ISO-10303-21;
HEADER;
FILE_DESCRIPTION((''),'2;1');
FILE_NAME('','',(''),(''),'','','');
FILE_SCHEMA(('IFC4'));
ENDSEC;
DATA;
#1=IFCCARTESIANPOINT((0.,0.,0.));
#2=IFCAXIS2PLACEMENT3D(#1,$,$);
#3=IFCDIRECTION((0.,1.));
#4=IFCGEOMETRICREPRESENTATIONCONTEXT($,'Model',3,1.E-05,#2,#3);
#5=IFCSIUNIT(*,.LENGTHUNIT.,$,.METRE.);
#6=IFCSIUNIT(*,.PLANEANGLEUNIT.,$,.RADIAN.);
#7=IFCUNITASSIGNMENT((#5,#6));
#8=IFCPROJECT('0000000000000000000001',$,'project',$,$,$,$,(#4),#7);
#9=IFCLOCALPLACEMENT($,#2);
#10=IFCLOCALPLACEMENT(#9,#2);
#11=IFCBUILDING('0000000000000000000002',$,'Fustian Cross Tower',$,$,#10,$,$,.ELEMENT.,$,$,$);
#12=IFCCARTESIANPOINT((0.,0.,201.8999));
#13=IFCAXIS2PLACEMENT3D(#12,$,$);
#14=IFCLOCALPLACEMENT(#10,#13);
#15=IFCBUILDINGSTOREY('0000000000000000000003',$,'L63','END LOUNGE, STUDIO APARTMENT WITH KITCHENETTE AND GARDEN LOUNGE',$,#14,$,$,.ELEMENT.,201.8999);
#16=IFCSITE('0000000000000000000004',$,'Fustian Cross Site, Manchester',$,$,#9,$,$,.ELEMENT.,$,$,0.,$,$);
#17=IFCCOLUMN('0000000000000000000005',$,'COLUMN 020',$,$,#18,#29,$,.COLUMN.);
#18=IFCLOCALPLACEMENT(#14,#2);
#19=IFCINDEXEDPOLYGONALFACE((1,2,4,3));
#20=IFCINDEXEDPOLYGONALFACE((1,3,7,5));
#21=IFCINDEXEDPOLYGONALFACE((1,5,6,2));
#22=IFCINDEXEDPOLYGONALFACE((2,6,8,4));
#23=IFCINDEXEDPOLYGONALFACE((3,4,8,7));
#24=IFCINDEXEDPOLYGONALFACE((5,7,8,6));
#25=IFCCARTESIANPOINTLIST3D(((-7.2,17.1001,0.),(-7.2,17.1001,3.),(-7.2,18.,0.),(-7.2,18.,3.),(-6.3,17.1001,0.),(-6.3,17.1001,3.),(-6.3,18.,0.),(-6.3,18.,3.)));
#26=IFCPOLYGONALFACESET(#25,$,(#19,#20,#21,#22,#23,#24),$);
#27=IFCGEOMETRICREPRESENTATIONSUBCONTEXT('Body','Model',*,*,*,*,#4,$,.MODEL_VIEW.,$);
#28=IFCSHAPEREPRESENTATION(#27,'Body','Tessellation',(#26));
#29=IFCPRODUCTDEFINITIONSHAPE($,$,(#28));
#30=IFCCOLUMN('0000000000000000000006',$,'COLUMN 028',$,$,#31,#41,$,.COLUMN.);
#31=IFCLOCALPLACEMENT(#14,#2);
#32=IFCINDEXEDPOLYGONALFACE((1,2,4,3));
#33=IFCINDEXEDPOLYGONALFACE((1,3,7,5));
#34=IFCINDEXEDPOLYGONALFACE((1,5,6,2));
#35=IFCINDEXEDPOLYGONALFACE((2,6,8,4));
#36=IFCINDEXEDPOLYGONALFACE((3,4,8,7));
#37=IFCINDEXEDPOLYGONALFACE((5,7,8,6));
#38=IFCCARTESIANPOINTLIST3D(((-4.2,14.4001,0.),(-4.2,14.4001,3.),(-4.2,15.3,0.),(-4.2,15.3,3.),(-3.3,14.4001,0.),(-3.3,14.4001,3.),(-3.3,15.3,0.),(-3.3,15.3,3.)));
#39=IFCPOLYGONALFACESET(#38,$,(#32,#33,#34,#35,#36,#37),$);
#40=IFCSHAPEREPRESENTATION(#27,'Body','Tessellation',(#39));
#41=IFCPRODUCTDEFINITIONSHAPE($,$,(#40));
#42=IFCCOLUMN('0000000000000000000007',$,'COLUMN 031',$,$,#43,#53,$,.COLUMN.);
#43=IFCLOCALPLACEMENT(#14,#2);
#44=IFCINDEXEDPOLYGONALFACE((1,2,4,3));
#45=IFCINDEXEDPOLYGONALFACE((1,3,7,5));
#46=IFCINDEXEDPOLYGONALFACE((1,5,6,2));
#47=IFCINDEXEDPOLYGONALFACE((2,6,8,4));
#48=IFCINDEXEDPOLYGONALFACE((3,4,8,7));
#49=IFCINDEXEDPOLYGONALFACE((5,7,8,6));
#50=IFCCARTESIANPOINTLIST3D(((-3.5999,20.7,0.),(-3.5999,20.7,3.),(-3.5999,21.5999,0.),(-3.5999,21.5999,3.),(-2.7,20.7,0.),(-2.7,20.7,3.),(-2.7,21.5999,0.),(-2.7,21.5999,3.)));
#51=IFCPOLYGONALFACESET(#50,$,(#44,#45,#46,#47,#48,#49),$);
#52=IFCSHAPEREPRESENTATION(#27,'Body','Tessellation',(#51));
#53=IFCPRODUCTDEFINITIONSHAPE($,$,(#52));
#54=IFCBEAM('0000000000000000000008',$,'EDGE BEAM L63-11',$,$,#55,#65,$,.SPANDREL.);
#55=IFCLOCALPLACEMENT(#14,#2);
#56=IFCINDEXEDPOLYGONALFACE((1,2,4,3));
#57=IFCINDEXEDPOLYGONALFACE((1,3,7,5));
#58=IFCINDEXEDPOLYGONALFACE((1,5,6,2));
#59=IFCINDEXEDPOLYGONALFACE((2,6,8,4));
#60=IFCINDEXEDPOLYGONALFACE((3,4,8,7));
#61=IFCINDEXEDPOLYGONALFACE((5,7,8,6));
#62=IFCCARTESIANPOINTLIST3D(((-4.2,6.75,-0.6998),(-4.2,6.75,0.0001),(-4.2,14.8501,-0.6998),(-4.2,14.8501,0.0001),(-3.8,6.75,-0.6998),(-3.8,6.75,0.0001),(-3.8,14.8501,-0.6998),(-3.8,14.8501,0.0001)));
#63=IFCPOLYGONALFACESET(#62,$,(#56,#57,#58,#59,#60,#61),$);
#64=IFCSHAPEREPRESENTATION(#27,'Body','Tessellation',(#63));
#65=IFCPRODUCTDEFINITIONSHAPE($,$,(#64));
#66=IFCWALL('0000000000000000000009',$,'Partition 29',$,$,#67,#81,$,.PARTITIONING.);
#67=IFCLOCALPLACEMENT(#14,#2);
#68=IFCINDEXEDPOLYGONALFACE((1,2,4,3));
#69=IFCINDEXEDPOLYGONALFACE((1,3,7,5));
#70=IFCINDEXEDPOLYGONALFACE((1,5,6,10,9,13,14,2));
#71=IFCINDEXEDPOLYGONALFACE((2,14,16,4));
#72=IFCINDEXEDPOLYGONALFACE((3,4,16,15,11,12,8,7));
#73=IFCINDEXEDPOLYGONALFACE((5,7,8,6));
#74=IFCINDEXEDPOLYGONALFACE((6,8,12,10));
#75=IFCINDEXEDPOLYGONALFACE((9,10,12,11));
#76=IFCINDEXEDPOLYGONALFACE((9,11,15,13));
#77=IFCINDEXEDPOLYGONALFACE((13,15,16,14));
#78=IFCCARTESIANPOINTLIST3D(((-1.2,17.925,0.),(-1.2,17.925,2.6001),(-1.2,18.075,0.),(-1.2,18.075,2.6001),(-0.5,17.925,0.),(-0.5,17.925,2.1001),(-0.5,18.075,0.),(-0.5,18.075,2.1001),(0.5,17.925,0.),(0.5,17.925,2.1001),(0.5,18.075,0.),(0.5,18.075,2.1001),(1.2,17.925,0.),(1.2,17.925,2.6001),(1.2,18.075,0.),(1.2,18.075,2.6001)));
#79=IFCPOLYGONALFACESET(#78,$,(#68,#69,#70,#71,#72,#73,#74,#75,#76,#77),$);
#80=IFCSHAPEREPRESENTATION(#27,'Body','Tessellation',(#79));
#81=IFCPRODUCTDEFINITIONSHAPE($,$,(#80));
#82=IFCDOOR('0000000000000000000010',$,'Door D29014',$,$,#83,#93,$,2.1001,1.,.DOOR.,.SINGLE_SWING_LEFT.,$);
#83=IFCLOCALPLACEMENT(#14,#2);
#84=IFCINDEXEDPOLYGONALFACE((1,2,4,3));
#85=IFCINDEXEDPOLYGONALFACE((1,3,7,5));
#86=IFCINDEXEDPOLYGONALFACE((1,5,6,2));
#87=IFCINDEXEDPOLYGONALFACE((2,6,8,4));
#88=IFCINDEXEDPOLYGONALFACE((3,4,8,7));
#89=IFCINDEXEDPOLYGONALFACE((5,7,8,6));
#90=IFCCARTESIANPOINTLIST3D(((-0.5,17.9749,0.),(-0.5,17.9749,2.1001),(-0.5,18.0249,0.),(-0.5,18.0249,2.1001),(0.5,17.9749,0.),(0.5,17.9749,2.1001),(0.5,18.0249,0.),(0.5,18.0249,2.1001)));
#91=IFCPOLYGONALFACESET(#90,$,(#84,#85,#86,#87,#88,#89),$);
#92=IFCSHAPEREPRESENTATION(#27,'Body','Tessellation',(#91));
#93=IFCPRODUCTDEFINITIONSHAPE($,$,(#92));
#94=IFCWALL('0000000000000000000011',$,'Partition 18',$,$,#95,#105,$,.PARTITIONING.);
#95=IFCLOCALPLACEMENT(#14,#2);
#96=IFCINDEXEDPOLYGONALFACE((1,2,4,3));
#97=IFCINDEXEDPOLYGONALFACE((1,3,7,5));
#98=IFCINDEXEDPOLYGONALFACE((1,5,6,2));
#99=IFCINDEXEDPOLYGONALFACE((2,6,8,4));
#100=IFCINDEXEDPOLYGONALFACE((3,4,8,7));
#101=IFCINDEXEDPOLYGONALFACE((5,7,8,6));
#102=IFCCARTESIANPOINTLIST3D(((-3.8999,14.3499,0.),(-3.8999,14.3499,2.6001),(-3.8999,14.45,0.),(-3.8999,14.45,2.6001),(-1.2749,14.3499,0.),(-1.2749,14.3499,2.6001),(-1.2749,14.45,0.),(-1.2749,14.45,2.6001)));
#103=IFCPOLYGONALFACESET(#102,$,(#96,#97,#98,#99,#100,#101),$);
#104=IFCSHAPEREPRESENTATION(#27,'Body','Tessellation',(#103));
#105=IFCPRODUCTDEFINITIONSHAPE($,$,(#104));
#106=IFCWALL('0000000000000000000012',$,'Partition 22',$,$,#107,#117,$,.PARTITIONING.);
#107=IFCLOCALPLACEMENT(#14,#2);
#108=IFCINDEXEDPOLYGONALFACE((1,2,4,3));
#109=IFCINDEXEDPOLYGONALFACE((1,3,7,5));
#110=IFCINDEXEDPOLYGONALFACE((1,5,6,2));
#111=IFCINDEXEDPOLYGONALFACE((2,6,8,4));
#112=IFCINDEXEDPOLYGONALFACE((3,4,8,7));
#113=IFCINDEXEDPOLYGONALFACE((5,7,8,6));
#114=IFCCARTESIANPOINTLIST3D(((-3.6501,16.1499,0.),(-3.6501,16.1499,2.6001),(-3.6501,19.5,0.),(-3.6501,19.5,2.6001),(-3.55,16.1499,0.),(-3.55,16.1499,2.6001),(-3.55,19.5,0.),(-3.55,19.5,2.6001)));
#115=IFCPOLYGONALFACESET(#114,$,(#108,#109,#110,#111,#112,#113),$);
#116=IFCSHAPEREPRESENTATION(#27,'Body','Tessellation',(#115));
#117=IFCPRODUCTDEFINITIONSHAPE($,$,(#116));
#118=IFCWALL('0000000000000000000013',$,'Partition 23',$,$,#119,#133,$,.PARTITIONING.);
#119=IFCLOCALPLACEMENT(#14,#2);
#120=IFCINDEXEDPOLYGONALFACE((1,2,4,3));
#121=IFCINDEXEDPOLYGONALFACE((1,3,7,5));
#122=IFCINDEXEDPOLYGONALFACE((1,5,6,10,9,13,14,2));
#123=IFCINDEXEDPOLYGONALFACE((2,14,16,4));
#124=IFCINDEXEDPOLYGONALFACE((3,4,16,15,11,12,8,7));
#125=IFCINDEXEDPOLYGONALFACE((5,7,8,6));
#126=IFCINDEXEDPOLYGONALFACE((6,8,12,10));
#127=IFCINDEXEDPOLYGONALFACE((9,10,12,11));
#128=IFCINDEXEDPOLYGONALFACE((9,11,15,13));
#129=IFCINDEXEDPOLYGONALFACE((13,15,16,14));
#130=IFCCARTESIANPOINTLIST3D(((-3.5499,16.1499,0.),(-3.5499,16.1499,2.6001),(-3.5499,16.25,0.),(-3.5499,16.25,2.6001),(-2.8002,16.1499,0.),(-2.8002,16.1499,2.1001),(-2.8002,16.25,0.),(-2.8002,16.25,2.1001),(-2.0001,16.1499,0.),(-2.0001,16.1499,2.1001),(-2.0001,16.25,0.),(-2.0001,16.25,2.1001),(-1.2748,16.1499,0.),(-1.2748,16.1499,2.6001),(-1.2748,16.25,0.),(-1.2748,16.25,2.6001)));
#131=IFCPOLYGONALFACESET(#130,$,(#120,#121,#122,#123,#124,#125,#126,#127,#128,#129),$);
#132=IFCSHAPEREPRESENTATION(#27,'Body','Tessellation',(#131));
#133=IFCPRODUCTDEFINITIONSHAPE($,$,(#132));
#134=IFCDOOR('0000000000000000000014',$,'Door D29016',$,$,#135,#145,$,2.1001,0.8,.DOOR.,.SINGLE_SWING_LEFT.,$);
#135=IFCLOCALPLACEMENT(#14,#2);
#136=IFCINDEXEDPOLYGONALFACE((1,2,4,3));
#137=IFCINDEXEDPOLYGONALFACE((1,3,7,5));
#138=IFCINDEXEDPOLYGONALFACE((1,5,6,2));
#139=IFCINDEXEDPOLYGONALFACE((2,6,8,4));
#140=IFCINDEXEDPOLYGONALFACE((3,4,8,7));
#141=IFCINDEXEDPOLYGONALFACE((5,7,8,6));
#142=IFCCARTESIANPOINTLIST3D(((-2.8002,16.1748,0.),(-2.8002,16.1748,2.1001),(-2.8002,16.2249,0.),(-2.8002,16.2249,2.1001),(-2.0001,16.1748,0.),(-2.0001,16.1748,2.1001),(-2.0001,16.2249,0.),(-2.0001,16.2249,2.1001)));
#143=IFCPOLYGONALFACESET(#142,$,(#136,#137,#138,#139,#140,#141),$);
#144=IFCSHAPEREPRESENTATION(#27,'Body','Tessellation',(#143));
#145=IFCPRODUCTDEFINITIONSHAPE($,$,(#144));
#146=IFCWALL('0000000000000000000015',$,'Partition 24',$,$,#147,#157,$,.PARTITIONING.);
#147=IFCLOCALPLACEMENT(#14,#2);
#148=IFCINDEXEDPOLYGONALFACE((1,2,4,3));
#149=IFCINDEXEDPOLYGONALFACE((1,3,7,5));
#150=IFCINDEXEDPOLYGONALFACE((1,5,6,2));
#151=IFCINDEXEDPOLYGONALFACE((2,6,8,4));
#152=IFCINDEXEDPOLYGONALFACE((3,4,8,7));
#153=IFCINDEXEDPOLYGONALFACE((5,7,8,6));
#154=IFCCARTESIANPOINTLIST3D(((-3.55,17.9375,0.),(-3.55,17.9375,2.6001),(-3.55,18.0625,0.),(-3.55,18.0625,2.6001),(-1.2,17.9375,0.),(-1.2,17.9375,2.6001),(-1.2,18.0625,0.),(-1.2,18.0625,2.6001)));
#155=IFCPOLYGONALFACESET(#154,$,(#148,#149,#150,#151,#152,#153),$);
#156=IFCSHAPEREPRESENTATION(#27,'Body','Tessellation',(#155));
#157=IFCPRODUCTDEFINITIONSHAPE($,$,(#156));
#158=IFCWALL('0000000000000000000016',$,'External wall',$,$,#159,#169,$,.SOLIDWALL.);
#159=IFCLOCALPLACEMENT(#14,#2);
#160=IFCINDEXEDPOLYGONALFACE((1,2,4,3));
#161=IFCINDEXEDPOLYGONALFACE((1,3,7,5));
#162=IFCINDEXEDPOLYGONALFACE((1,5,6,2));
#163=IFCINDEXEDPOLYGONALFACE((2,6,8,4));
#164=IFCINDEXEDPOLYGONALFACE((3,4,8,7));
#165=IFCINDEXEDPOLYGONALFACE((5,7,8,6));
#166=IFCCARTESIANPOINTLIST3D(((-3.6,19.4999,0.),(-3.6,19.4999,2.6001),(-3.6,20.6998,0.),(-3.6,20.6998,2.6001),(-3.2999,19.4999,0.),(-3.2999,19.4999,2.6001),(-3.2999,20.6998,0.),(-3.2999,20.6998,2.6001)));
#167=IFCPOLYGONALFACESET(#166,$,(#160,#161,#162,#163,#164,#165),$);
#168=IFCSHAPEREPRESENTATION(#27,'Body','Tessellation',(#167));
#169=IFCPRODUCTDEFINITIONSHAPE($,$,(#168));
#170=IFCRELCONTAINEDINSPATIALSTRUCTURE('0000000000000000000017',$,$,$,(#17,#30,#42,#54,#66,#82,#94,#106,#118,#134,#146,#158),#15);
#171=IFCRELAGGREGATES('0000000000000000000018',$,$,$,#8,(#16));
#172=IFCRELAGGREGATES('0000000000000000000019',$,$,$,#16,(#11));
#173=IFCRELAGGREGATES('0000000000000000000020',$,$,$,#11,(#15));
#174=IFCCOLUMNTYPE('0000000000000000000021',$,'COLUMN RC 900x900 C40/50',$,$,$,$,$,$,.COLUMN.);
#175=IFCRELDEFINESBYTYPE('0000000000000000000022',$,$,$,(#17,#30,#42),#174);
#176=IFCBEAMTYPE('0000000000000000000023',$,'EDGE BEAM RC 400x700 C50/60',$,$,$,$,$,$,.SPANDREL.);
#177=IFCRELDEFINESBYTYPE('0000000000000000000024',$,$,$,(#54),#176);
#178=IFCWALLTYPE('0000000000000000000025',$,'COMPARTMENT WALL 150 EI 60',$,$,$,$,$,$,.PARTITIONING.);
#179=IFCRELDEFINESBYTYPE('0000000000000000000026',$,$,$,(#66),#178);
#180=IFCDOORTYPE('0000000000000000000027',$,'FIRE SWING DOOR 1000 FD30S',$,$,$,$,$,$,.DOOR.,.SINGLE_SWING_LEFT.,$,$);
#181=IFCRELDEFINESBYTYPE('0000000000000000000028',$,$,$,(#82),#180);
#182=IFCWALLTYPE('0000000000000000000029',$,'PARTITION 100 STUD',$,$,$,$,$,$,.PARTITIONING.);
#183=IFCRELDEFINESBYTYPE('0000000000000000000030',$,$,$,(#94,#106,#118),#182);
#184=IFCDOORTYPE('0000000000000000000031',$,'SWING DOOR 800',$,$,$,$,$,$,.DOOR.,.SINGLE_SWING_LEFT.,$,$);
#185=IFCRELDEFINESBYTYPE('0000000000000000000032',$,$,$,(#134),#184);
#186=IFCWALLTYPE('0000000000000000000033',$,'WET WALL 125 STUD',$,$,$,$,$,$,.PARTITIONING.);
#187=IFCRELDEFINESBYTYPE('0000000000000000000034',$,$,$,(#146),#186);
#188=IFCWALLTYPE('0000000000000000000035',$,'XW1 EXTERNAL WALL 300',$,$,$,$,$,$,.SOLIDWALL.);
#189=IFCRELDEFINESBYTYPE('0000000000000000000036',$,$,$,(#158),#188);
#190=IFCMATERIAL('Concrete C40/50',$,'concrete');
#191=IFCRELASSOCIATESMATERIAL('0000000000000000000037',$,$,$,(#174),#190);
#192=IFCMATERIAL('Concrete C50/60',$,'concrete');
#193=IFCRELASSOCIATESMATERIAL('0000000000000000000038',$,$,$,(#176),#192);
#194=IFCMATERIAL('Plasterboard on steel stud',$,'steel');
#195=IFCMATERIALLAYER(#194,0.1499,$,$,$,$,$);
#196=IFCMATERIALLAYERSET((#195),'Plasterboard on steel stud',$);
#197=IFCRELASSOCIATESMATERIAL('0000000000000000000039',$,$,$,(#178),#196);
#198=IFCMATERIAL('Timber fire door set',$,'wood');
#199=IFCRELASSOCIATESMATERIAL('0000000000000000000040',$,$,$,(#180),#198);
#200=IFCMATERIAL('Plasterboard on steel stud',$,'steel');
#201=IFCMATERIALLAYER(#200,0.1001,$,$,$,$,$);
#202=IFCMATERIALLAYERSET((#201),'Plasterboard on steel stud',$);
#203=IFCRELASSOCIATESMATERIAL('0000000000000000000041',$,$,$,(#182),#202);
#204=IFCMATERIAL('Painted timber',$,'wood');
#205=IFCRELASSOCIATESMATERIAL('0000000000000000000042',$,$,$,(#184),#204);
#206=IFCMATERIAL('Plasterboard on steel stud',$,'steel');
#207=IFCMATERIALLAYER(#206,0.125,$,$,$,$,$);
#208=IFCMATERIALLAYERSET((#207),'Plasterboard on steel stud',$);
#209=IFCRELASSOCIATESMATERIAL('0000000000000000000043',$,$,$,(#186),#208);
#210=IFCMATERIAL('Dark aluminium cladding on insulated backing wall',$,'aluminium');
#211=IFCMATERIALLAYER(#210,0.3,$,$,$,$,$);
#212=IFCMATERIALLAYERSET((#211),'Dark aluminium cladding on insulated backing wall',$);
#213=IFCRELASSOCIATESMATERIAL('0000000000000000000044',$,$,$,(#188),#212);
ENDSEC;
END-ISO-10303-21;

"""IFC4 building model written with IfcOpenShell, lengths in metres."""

from ifc_helpers import new_model, si_unit, direction, frame, frame_2d, origin, origin_2d, place, context, subcontext, project, spatial, rectangle, extrude, material, layer, layer_set, material_profile, profile_set, type_object, element, fill, save


model = new_model("IFC4")

# Units and contexts
model_context = context("Model", 3, precision=1e-05, world=origin(), true_north=direction((0.0, 1.0)))
body_context = subcontext(model_context, "Body", "Model", "MODEL_VIEW")
ifc_project = project(units=[si_unit("LENGTHUNIT", "METRE"), si_unit("PLANEANGLEUNIT", "RADIAN")], contexts=[model_context])

# Site, building, storey
site_placement = place(None, origin())
site = spatial("IfcSite", under=ifc_project, at=site_placement, Name="Fustian Cross Site, Manchester", CompositionType="ELEMENT", RefElevation=0.0)
building_placement = place(site_placement, origin())
building = spatial("IfcBuilding", under=site, at=building_placement, Name="Fustian Cross Tower", CompositionType="ELEMENT")
storey_placement = place(building_placement, frame((0.0, 0.0, 201.8999)))
storey = spatial("IfcBuildingStorey", under=building, at=storey_placement, Name="L63", Description="END LOUNGE, STUDIO APARTMENT WITH KITCHENETTE AND GARDEN LOUNGE", CompositionType="ELEMENT", Elevation=201.8999)

# Columns
ifc_material_1 = material(Name="Concrete C40/50", Category="concrete")
ifc_material_profile_1 = material_profile(ifc_material_1, rectangle(XDim=0.8999, YDim=0.8999, at=origin_2d()), Name="RC 900x900")
ifc_profile_set_1 = profile_set([ifc_material_profile_1], Name="Concrete C40/50")
column_type = type_object("IfcColumnType", Name="COLUMN RC 900x900 C40/50", PredefinedType="COLUMN", material=ifc_profile_set_1)
for number, where, z_axis, x_axis, name in (
    (1, (-6.75, 17.55, 0.0), (0.0, 0.0, 1.0), (1.0, 0.0, 0.0), "COLUMN 020"),
    (2, (-3.75, 14.8501, 0.0), (0.0, 0.0, 1.0), (1.0, 0.0, 0.0), "COLUMN 028"),
    (3, (-3.1499, 21.1499, 0.0), (0.0, 0.0, 1.0), (1.0, 0.0, 0.0), "COLUMN 031"),
):
    element("IfcColumn", number, at=place(storey_placement, frame(where, z_axis=z_axis, x_axis=x_axis)), inside=storey, type_object=column_type, Name=name, PredefinedType="COLUMN", context=body_context, shape_type="SweptSolid", body=[
        extrude(rectangle(XDim=0.8999, YDim=0.8999, at=origin_2d()), origin(), (0.0, 0.0, 1.0), 3.0),
    ])

# Beam
ifc_material_2 = material(Name="Concrete C50/60", Category="concrete")
ifc_material_profile_2 = material_profile(ifc_material_2, rectangle(XDim=0.3999, YDim=0.7, at=origin_2d()), Name="RC 400x700")
ifc_profile_set_2 = profile_set([ifc_material_profile_2], Name="Concrete C50/60")
beam_type = type_object("IfcBeamType", Name="EDGE BEAM RC 400x700 C50/60", PredefinedType="SPANDREL", material=ifc_profile_set_2)
beam_placement = place(storey_placement, frame((-4.0, 14.8501, -0.3499), z_axis=(0.0, -1.0, 0.0), x_axis=(1.0, 0.0, 0.0)))
element("IfcBeam", 4, at=beam_placement, inside=storey, type_object=beam_type, Name="EDGE BEAM L63-11", PredefinedType="SPANDREL", context=body_context, shape_type="SweptSolid", body=[
    extrude(rectangle(XDim=0.3999, YDim=0.7, at=origin_2d()), origin(), (0.0, 0.0, 1.0), 8.1001),
])

# Wall, opening, door
ifc_material_3 = material(Name="Plasterboard on steel stud", Category="steel")
ifc_layer_1 = layer(ifc_material_3, 0.1499)
ifc_layer_set_1 = layer_set([ifc_layer_1], Name="Plasterboard on steel stud")
wall_type_1 = type_object("IfcWallType", Name="COMPARTMENT WALL 150 EI 60", PredefinedType="PARTITIONING", material=ifc_layer_set_1)
wall_1_placement = place(storey_placement, frame((-1.2, 18.0, 0.0), z_axis=(0.0, 0.0, 1.0), x_axis=(1.0, 0.0, 0.0)))
wall_1 = element("IfcWall", 5, at=wall_1_placement, inside=storey, type_object=wall_type_1, Name="Partition 29", PredefinedType="PARTITIONING", context=body_context, shape_type="SweptSolid", body=[
    extrude(rectangle(XDim=2.3999, YDim=0.1499, at=frame_2d((1.2, 0.0))), origin(), (0.0, 0.0, 1.0), 2.6001),
])
opening_1_placement = place(wall_1_placement, frame((0.7, 0.0, 0.0)))
opening_1 = element("IfcOpeningElement", 6, at=opening_1_placement, cuts=wall_1, PredefinedType="OPENING", context=body_context, shape_type="SweptSolid", body=[
    extrude(rectangle(XDim=1.0, YDim=2.1001, at=frame_2d((0.5, 1.05))), frame((0.0, 0.085, 0.0), z_axis=(0.0, -1.0, 0.0), x_axis=(1.0, 0.0, 0.0)), (0.0, 0.0, 1.0), 0.1699),
])
ifc_material_4 = material(Name="Timber fire door set", Category="wood")
door_type_1 = type_object("IfcDoorType", Name="FIRE SWING DOOR 1000 FD30S", OperationType="SINGLE_SWING_LEFT", PredefinedType="DOOR", material=ifc_material_4)
door_1_placement = place(opening_1_placement, origin())
door_1 = element("IfcDoor", 7, at=door_1_placement, inside=storey, type_object=door_type_1, Name="Door D29014", OperationType="SINGLE_SWING_LEFT", OverallHeight=2.1001, OverallWidth=1.0, PredefinedType="DOOR", context=body_context, shape_type="SweptSolid", body=[
    extrude(rectangle(XDim=1.0, YDim=2.1001, at=frame_2d((0.5, 1.05))), frame((0.0, 0.0249, 0.0), z_axis=(0.0, -1.0, 0.0), x_axis=(1.0, 0.0, 0.0)), (0.0, 0.0, 1.0), 0.05),
])
fill(opening_1, door_1)

# Walls
ifc_material_5 = material(Name="Plasterboard on steel stud", Category="steel")
ifc_layer_2 = layer(ifc_material_5, 0.1001)
ifc_layer_set_2 = layer_set([ifc_layer_2], Name="Plasterboard on steel stud")
wall_type_2 = type_object("IfcWallType", Name="PARTITION 100 STUD", PredefinedType="PARTITIONING", material=ifc_layer_set_2)
wall_2_placement = place(storey_placement, frame((-3.8999, 14.3999, 0.0), z_axis=(0.0, 0.0, 1.0), x_axis=(1.0, 0.0, 0.0)))
element("IfcWall", 8, at=wall_2_placement, inside=storey, type_object=wall_type_2, Name="Partition 18", PredefinedType="PARTITIONING", context=body_context, shape_type="SweptSolid", body=[
    extrude(rectangle(XDim=2.625, YDim=0.1001, at=frame_2d((1.3125, 0.0))), origin(), (0.0, 0.0, 1.0), 2.6001),
])
wall_3_placement = place(storey_placement, frame((-3.6001, 16.1499, 0.0), z_axis=(0.0, 0.0, 1.0), x_axis=(0.0, 1.0, 0.0)))
element("IfcWall", 9, at=wall_3_placement, inside=storey, type_object=wall_type_2, Name="Partition 22", PredefinedType="PARTITIONING", context=body_context, shape_type="SweptSolid", body=[
    extrude(rectangle(XDim=3.3501, YDim=0.1001, at=frame_2d((1.675, 0.0))), origin(), (0.0, 0.0, 1.0), 2.6001),
])

# Wall, opening, door
wall_4_placement = place(storey_placement, frame((-3.55, 16.2, 0.0), z_axis=(0.0, 0.0, 1.0), x_axis=(1.0, 0.0, 0.0)))
wall_4 = element("IfcWall", 10, at=wall_4_placement, inside=storey, type_object=wall_type_2, Name="Partition 23", PredefinedType="PARTITIONING", context=body_context, shape_type="SweptSolid", body=[
    extrude(rectangle(XDim=2.2751, YDim=0.1001, at=frame_2d((1.1377, 0.0))), origin(), (0.0, 0.0, 1.0), 2.6001),
])
opening_2_placement = place(wall_4_placement, frame((0.75, 0.0, 0.0)))
opening_2 = element("IfcOpeningElement", 11, at=opening_2_placement, cuts=wall_4, PredefinedType="OPENING", context=body_context, shape_type="SweptSolid", body=[
    extrude(rectangle(XDim=0.8, YDim=2.1001, at=frame_2d((0.3999, 1.05))), frame((0.0, 0.0601, 0.0), z_axis=(0.0, -1.0, 0.0), x_axis=(1.0, 0.0, 0.0)), (0.0, 0.0, 1.0), 0.1201),
])
ifc_material_6 = material(Name="Painted timber", Category="wood")
door_type_2 = type_object("IfcDoorType", Name="SWING DOOR 800", OperationType="SINGLE_SWING_LEFT", PredefinedType="DOOR", material=ifc_material_6)
door_2_placement = place(opening_2_placement, origin())
door_2 = element("IfcDoor", 12, at=door_2_placement, inside=storey, type_object=door_type_2, Name="Door D29016", OperationType="SINGLE_SWING_LEFT", OverallHeight=2.1001, OverallWidth=0.8, PredefinedType="DOOR", context=body_context, shape_type="SweptSolid", body=[
    extrude(rectangle(XDim=0.8, YDim=2.1001, at=frame_2d((0.3999, 1.05))), frame((0.0, 0.0249, 0.0), z_axis=(0.0, -1.0, 0.0), x_axis=(1.0, 0.0, 0.0)), (0.0, 0.0, 1.0), 0.05),
])
fill(opening_2, door_2)

# Walls
ifc_material_7 = material(Name="Plasterboard on steel stud", Category="steel")
ifc_layer_3 = layer(ifc_material_7, 0.125)
ifc_layer_set_3 = layer_set([ifc_layer_3], Name="Plasterboard on steel stud")
wall_type_3 = type_object("IfcWallType", Name="WET WALL 125 STUD", PredefinedType="PARTITIONING", material=ifc_layer_set_3)
wall_5_placement = place(storey_placement, frame((-3.55, 18.0, 0.0), z_axis=(0.0, 0.0, 1.0), x_axis=(1.0, 0.0, 0.0)))
element("IfcWall", 13, at=wall_5_placement, inside=storey, type_object=wall_type_3, Name="Partition 24", PredefinedType="PARTITIONING", context=body_context, shape_type="SweptSolid", body=[
    extrude(rectangle(XDim=2.3501, YDim=0.125, at=frame_2d((1.175, 0.0))), origin(), (0.0, 0.0, 1.0), 2.6001),
])
ifc_material_8 = material(Name="Dark aluminium cladding on insulated backing wall", Category="aluminium")
ifc_layer_4 = layer(ifc_material_8, 0.3)
ifc_layer_set_4 = layer_set([ifc_layer_4], Name="Dark aluminium cladding on insulated backing wall")
wall_type_4 = type_object("IfcWallType", Name="XW1 EXTERNAL WALL 300", PredefinedType="SOLIDWALL", material=ifc_layer_set_4)
wall_6_placement = place(storey_placement, frame((-3.45, 20.7, 0.0), z_axis=(0.0, 0.0, 1.0), x_axis=(0.0, -1.0, 0.0)))
element("IfcWall", 14, at=wall_6_placement, inside=storey, type_object=wall_type_4, Name="External wall", PredefinedType="SOLIDWALL", context=body_context, shape_type="SweptSolid", body=[
    extrude(rectangle(XDim=1.2, YDim=0.3, at=frame_2d((0.6001, 0.0))), origin(), (0.0, 0.0, 1.0), 2.6001),
])

save(model, "model.ifc")
